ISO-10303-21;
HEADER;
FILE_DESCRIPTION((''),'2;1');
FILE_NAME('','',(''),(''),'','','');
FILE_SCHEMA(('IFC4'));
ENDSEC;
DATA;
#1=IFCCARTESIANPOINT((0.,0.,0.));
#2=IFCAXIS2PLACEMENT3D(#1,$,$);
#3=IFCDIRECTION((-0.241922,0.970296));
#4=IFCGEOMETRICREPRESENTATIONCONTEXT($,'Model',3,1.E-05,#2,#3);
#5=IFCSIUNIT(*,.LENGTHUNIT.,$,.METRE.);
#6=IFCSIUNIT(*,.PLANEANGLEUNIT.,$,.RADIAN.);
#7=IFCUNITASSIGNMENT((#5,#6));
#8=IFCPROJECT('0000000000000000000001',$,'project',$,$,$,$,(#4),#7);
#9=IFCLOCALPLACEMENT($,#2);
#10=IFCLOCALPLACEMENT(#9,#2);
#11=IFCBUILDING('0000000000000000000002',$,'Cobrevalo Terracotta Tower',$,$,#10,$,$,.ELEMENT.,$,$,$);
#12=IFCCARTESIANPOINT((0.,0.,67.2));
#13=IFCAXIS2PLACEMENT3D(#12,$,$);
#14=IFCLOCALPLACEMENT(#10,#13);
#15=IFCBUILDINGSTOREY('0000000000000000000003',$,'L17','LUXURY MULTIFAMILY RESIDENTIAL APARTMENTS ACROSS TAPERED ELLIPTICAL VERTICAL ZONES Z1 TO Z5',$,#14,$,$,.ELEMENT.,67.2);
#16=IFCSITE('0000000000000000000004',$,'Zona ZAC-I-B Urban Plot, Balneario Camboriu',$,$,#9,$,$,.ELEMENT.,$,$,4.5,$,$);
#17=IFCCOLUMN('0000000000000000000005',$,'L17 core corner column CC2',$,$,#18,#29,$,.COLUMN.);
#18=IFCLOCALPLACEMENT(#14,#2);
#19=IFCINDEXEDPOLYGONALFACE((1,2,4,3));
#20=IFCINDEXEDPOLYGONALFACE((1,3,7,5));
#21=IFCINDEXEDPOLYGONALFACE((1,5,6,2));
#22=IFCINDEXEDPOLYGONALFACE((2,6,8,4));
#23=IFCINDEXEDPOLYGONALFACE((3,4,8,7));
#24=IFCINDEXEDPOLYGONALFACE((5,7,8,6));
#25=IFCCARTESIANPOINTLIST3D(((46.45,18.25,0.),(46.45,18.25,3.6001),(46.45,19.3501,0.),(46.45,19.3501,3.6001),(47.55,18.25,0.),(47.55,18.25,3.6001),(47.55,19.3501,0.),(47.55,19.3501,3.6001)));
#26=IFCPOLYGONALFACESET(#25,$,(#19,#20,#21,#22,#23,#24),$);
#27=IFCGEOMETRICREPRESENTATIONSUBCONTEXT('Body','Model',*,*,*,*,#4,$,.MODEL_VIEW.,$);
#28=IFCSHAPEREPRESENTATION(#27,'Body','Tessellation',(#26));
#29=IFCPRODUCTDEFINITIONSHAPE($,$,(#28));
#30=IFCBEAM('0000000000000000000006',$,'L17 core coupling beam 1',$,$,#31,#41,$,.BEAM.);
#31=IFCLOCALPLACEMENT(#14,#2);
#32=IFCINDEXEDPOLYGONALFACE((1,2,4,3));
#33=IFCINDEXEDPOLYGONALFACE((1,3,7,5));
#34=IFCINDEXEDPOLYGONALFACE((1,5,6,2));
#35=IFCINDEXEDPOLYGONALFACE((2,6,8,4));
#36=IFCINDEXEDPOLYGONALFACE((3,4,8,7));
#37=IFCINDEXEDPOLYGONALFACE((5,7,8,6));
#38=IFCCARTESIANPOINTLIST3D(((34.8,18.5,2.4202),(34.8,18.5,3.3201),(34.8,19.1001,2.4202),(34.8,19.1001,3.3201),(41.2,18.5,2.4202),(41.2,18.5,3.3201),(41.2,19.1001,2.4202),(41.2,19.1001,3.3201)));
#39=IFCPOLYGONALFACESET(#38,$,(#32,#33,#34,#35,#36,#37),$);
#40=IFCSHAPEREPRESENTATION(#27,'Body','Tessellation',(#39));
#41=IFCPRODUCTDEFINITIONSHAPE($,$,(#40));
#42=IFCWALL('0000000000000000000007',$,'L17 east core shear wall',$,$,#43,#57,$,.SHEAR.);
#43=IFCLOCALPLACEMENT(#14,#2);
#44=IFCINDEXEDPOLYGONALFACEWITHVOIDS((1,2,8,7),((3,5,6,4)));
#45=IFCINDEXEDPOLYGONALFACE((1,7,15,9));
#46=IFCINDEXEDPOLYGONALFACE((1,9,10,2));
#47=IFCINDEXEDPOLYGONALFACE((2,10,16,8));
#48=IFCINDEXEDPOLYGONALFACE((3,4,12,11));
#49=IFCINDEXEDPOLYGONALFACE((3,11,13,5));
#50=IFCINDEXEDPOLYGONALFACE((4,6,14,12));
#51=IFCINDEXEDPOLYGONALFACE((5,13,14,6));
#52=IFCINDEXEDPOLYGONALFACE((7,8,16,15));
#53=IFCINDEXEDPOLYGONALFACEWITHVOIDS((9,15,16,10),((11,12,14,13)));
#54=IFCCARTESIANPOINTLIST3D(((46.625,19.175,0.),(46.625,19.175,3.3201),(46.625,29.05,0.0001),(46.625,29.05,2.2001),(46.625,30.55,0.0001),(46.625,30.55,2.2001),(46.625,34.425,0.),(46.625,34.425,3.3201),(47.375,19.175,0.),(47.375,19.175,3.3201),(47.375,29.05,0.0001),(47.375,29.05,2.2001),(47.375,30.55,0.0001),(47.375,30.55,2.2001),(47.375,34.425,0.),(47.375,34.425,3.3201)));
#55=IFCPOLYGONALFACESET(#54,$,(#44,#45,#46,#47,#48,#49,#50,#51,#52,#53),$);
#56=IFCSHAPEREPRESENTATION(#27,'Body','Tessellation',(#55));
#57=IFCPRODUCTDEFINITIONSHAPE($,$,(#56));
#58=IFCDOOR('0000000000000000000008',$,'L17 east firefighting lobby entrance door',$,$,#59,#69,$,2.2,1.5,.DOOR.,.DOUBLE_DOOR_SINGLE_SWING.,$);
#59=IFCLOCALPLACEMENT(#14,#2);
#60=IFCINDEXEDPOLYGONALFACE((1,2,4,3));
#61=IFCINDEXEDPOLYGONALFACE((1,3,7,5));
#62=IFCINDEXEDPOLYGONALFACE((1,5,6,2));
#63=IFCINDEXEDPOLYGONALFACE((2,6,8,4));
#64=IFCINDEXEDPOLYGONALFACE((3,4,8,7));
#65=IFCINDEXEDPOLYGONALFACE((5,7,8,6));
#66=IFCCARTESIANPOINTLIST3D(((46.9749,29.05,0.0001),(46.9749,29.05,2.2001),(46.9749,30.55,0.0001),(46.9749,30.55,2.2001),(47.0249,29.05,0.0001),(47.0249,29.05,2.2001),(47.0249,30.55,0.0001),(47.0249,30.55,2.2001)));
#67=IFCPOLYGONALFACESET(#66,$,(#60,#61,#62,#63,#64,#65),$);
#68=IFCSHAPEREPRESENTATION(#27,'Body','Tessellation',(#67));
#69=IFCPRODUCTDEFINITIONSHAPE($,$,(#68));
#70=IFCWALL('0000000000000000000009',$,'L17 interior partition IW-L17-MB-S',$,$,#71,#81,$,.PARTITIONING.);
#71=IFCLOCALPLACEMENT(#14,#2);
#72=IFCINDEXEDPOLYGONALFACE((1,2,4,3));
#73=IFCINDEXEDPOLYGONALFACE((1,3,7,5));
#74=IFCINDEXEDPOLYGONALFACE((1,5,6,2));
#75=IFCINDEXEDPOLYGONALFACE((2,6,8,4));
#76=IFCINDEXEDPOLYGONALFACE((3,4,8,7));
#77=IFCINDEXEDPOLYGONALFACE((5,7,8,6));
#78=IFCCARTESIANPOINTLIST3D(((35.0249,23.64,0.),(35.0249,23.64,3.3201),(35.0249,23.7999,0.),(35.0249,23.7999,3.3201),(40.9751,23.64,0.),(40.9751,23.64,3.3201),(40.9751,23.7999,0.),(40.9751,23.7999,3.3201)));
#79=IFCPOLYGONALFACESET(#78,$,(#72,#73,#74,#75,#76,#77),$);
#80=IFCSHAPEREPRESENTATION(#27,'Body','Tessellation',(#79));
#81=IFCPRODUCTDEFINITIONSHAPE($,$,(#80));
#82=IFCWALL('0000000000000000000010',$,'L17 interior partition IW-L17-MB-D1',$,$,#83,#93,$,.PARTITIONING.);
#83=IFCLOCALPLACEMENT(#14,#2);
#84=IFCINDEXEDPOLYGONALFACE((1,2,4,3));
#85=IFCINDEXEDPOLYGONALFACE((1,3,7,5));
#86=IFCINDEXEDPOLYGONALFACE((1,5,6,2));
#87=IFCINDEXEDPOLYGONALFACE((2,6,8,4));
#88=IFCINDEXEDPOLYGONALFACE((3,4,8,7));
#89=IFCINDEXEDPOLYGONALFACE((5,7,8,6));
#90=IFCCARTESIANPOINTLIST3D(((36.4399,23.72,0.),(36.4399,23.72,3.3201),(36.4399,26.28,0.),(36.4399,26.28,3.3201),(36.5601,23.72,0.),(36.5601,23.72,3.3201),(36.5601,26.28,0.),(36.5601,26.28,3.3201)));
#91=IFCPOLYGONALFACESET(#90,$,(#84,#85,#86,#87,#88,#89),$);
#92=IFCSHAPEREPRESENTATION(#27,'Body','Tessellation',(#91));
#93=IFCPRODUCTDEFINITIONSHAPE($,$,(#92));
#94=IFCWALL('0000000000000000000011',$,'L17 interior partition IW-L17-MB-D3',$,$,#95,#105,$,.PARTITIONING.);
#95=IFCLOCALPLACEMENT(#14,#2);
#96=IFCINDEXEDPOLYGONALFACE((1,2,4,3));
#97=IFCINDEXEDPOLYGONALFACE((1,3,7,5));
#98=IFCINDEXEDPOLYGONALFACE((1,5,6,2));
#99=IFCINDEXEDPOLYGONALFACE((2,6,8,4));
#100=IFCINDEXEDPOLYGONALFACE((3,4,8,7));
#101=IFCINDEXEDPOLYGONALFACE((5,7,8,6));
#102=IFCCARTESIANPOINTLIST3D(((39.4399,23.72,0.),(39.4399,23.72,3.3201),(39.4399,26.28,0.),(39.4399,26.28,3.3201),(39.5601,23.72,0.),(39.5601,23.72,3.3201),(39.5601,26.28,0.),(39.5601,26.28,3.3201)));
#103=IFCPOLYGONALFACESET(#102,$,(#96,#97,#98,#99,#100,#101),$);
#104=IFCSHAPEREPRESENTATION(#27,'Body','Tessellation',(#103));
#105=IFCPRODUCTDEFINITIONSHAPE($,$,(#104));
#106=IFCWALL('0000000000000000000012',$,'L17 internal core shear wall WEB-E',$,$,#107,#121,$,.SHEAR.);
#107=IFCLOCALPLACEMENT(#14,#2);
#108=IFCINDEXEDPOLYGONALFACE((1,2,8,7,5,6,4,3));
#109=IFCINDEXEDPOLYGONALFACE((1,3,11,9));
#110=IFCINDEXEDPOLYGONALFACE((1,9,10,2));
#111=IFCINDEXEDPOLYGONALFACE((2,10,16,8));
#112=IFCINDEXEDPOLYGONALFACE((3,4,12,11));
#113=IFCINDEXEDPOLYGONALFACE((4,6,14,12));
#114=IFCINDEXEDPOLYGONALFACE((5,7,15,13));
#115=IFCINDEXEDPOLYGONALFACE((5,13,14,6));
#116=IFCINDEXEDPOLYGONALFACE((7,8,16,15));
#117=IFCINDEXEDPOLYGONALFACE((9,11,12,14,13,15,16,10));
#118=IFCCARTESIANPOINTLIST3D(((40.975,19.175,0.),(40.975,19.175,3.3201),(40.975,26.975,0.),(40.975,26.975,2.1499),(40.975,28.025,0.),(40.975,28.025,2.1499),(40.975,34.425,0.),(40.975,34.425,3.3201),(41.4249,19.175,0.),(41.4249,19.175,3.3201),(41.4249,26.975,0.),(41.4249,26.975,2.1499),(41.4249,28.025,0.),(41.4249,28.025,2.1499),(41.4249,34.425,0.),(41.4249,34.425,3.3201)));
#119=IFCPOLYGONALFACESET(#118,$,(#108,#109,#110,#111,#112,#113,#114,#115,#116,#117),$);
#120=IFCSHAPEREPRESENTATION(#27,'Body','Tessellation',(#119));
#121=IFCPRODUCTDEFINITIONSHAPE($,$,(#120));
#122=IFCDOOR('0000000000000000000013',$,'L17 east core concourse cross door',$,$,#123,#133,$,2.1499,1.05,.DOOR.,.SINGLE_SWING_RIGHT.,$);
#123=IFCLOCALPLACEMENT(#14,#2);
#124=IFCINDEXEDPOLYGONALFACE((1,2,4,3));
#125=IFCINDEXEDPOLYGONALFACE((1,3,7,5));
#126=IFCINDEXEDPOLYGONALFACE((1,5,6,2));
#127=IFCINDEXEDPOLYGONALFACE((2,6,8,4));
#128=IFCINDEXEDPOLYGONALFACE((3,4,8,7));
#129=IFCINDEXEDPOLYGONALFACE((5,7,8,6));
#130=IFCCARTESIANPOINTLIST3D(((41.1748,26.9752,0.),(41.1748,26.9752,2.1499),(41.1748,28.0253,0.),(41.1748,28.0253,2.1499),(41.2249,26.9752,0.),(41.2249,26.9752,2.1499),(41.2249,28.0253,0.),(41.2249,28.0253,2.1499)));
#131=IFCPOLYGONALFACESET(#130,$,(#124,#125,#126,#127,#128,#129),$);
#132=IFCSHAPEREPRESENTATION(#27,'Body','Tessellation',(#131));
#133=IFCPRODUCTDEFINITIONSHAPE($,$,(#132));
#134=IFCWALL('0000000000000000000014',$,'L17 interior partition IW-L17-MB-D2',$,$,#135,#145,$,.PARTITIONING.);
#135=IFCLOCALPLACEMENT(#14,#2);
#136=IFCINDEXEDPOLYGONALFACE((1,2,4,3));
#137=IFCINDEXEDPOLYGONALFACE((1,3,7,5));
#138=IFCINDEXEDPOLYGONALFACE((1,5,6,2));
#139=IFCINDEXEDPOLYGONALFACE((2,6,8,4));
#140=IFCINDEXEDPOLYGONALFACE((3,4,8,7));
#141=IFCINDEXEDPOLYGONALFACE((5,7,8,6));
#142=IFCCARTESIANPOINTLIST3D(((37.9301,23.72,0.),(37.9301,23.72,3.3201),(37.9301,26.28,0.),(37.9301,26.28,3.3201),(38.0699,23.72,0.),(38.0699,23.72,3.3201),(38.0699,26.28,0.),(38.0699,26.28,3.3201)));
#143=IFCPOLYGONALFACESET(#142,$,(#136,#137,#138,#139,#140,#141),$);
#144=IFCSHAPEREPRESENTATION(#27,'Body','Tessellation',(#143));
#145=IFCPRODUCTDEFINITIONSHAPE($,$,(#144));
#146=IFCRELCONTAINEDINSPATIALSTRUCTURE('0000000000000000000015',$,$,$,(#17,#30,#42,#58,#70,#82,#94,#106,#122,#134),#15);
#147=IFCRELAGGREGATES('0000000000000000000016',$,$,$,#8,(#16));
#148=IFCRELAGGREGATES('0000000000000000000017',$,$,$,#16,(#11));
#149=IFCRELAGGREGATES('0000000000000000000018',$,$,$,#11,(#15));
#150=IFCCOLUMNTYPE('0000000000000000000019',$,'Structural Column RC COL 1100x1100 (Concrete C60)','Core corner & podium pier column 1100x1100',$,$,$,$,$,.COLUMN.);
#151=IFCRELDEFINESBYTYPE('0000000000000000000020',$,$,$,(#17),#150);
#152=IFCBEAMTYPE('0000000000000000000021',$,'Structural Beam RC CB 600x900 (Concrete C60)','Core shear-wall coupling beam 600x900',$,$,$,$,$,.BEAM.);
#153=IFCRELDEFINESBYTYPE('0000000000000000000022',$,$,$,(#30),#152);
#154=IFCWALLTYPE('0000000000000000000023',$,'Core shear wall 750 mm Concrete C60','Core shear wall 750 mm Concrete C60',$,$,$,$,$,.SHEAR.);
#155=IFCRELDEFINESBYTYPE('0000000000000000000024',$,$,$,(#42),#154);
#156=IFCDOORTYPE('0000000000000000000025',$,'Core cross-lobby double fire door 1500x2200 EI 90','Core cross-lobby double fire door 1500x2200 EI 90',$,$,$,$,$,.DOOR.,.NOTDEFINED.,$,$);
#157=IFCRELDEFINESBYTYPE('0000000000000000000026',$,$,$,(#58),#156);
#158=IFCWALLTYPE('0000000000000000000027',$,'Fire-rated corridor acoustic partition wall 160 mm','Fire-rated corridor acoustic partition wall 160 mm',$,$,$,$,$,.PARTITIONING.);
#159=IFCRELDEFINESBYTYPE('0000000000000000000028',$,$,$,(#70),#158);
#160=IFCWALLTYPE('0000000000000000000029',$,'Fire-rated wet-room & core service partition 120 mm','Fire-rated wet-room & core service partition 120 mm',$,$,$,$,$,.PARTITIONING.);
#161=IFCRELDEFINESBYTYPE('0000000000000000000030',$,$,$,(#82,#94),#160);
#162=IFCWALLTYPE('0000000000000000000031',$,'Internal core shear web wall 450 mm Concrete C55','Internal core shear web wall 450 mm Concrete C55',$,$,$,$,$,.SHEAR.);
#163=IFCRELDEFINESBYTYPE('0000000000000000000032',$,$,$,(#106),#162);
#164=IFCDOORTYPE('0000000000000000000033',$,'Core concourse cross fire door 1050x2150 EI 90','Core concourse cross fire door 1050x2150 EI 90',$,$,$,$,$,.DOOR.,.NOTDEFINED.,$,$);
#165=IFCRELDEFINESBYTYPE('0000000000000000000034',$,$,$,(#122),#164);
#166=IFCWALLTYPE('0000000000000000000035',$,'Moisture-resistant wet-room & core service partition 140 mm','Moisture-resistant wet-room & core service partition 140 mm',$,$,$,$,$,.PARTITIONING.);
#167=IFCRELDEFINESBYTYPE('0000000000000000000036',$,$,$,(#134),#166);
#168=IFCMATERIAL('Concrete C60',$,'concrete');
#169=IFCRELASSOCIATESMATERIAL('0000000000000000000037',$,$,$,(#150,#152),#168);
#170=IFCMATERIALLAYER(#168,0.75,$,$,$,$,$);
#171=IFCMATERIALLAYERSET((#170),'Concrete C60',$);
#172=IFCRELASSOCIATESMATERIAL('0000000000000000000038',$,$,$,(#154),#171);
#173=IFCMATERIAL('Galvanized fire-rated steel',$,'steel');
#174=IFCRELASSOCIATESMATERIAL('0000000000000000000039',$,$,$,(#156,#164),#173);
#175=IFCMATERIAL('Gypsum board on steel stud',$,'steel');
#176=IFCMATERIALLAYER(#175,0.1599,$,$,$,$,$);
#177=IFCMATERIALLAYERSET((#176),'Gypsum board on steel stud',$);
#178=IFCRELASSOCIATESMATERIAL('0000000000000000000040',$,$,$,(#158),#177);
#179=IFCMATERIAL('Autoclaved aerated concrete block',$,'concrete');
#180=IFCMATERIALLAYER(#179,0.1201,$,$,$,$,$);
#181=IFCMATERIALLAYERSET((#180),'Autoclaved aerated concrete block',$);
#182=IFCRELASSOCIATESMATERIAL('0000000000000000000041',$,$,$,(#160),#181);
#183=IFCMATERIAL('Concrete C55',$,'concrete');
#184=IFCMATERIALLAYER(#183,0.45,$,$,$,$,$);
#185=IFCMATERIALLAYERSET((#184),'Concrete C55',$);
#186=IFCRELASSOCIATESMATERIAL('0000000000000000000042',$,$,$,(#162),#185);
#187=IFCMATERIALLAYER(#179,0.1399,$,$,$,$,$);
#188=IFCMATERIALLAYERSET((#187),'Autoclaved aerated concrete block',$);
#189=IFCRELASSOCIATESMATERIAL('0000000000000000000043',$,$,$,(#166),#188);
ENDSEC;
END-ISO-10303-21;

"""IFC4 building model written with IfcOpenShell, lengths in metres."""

from ifc_helpers import new_model, si_unit, direction, frame, frame_2d, origin, origin_2d, place, context, subcontext, project, spatial, rectangle, extrude, source, transform, mapped, material, layer, layer_set, material_profile, profile_set, type_object, element, fill, save


model = new_model("IFC4")

# Units and contexts
model_context = context("Model", 3, precision=1e-05, world=origin(), true_north=direction((-0.241922, 0.970296)))
body_context = subcontext(model_context, "Body", "Model", "MODEL_VIEW")
ifc_project = project(units=[si_unit("LENGTHUNIT", "METRE"), si_unit("PLANEANGLEUNIT", "RADIAN")], contexts=[model_context])

# Site, building, storey
site_placement = place(None, origin())
site = spatial("IfcSite", under=ifc_project, at=site_placement, Name="Zona ZAC-I-B Urban Plot, Balneario Camboriu", CompositionType="ELEMENT", RefElevation=4.5)
building_placement = place(site_placement, origin())
building = spatial("IfcBuilding", under=site, at=building_placement, Name="Cobrevalo Terracotta Tower", CompositionType="ELEMENT")
storey_placement = place(building_placement, frame((0.0, 0.0, 67.2)))
storey = spatial("IfcBuildingStorey", under=building, at=storey_placement, Name="L17", Description="LUXURY MULTIFAMILY RESIDENTIAL APARTMENTS ACROSS TAPERED ELLIPTICAL VERTICAL ZONES Z1 TO Z5", CompositionType="ELEMENT", Elevation=67.2)

# Column
ifc_material_1 = material(Name="Concrete C60", Category="concrete")
ifc_material_profile_1 = material_profile(ifc_material_1, rectangle(XDim=1.1001, YDim=1.1001, at=origin_2d()), Name="RC COL 1100x1100")
ifc_profile_set_1 = profile_set([ifc_material_profile_1], Name="Concrete C60")
column_type = type_object("IfcColumnType", Name="Structural Column RC COL 1100x1100 (Concrete C60)", Description="Core corner & podium pier column 1100x1100", PredefinedType="COLUMN", material=ifc_profile_set_1)
column_placement = place(storey_placement, frame((47.0, 18.8, 0.0), z_axis=(0.0, 0.0, 1.0), x_axis=(1.0, 0.0, 0.0)))
element("IfcColumn", 1, at=column_placement, inside=storey, type_object=column_type, Name="L17 core corner column CC2", PredefinedType="COLUMN", context=body_context, shape_type="SweptSolid", body=[
    extrude(rectangle(XDim=1.1001, YDim=1.1001, at=origin_2d()), origin(), (0.0, 0.0, 1.0), 3.6001),
])

# Beam
ifc_material_profile_2 = material_profile(ifc_material_1, rectangle(XDim=0.6001, YDim=0.8999, at=origin_2d()), Name="RC CB 600x900")
ifc_profile_set_2 = profile_set([ifc_material_profile_2], Name="Concrete C60")
beam_type = type_object("IfcBeamType", Name="Structural Beam RC CB 600x900 (Concrete C60)", Description="Core shear-wall coupling beam 600x900", PredefinedType="BEAM", material=ifc_profile_set_2)
beam_placement = place(storey_placement, frame((34.8, 18.8, 2.8701), z_axis=(1.0, 0.0, 0.0), x_axis=(0.0, 1.0, 0.0)))
element("IfcBeam", 2, at=beam_placement, inside=storey, type_object=beam_type, Name="L17 core coupling beam 1", PredefinedType="BEAM", context=body_context, shape_type="SweptSolid", body=[
    extrude(rectangle(XDim=0.6001, YDim=0.8999, at=origin_2d()), origin(), (0.0, 0.0, 1.0), 6.3999),
])

# Wall, opening, door
ifc_layer_1 = layer(ifc_material_1, 0.75)
ifc_layer_set_1 = layer_set([ifc_layer_1], Name="Concrete C60")
wall_type_1 = type_object("IfcWallType", Name="Core shear wall 750 mm Concrete C60", Description="Core shear wall 750 mm Concrete C60", PredefinedType="SHEAR", material=ifc_layer_set_1)
wall_1_placement = place(storey_placement, frame((47.0, 19.175, 0.0), z_axis=(0.0, 0.0, 1.0), x_axis=(0.0, 1.0, 0.0)))
wall_1 = element("IfcWall", 3, at=wall_1_placement, inside=storey, type_object=wall_type_1, Name="L17 east core shear wall", PredefinedType="SHEAR", context=body_context, shape_type="SweptSolid", body=[
    extrude(rectangle(XDim=15.25, YDim=0.75, at=frame_2d((7.625, 0.0))), origin(), (0.0, 0.0, 1.0), 3.3201),
])
opening_1_placement = place(wall_1_placement, frame((9.875, 0.0, 0.0)))
opening_1 = element("IfcOpeningElement", 4, at=opening_1_placement, cuts=wall_1, PredefinedType="OPENING", context=body_context, shape_type="SweptSolid", body=[
    extrude(rectangle(XDim=1.5, YDim=2.2, at=frame_2d((0.75, 1.1001))), frame((0.0, 0.385, 0.0), z_axis=(0.0, -1.0, 0.0), x_axis=(1.0, 0.0, 0.0)), (0.0, 0.0, 1.0), 0.77),
])
ifc_material_2 = material(Name="Galvanized fire-rated steel", Category="steel")
door_type_1 = type_object("IfcDoorType", Name="Core cross-lobby double fire door 1500x2200 EI 90", Description="Core cross-lobby double fire door 1500x2200 EI 90", OperationType="NOTDEFINED", PredefinedType="DOOR", material=ifc_material_2)
shared_shape_1 = source(origin(), body_context, "Body", "SweptSolid", [
    extrude(rectangle(XDim=1.5, YDim=2.2, at=frame_2d((0.75, 1.1001))), frame((0.0, 0.0249, 0.0), z_axis=(0.0, -1.0, 0.0), x_axis=(1.0, 0.0, 0.0)), (0.0, 0.0, 1.0), 0.05),
])
door_1_placement = place(opening_1_placement, frame((1.5, 0.0, 0.0), z_axis=(0.0, 0.0, 1.0), x_axis=(-1.0, 0.0, 0.0)))
door_1 = element("IfcDoor", 5, at=door_1_placement, inside=storey, type_object=door_type_1, Name="L17 east firefighting lobby entrance door", OperationType="DOUBLE_DOOR_SINGLE_SWING", OverallHeight=2.2, OverallWidth=1.5, PredefinedType="DOOR", context=body_context, shape_type="MappedRepresentation", body=[
    mapped(shared_shape_1, transform((0.0, 0.0, 0.0), scale=1.0)),
])
fill(opening_1, door_1)

# Walls
ifc_material_3 = material(Name="Gypsum board on steel stud", Category="steel")
ifc_layer_2 = layer(ifc_material_3, 0.1599)
ifc_layer_set_2 = layer_set([ifc_layer_2], Name="Gypsum board on steel stud")
wall_type_2 = type_object("IfcWallType", Name="Fire-rated corridor acoustic partition wall 160 mm", Description="Fire-rated corridor acoustic partition wall 160 mm", PredefinedType="PARTITIONING", material=ifc_layer_set_2)
wall_2_placement = place(storey_placement, frame((35.0249, 23.72, 0.0), z_axis=(0.0, 0.0, 1.0), x_axis=(1.0, 0.0, 0.0)))
element("IfcWall", 6, at=wall_2_placement, inside=storey, type_object=wall_type_2, Name="L17 interior partition IW-L17-MB-S", PredefinedType="PARTITIONING", context=body_context, shape_type="SweptSolid", body=[
    extrude(rectangle(XDim=5.9502, YDim=0.1599, at=frame_2d((2.9751, 0.0))), origin(), (0.0, 0.0, 1.0), 3.3201),
])
ifc_material_4 = material(Name="Autoclaved aerated concrete block", Category="concrete")
ifc_layer_3 = layer(ifc_material_4, 0.1201)
ifc_layer_set_3 = layer_set([ifc_layer_3], Name="Autoclaved aerated concrete block")
wall_type_3 = type_object("IfcWallType", Name="Fire-rated wet-room & core service partition 120 mm", Description="Fire-rated wet-room & core service partition 120 mm", PredefinedType="PARTITIONING", material=ifc_layer_set_3)
for number, where, z_axis, x_axis, name in (
    (7, (36.5, 23.72, 0.0), (0.0, 0.0, 1.0), (0.0, 1.0, 0.0), "L17 interior partition IW-L17-MB-D1"),
    (8, (39.5, 23.72, 0.0), (0.0, 0.0, 1.0), (0.0, 1.0, 0.0), "L17 interior partition IW-L17-MB-D3"),
):
    element("IfcWall", number, at=place(storey_placement, frame(where, z_axis=z_axis, x_axis=x_axis)), inside=storey, type_object=wall_type_3, Name=name, PredefinedType="PARTITIONING", context=body_context, shape_type="SweptSolid", body=[
        extrude(rectangle(XDim=2.5601, YDim=0.1201, at=frame_2d((1.28, 0.0))), origin(), (0.0, 0.0, 1.0), 3.3201),
    ])

# Wall, opening, door
ifc_material_5 = material(Name="Concrete C55", Category="concrete")
ifc_layer_4 = layer(ifc_material_5, 0.45)
ifc_layer_set_4 = layer_set([ifc_layer_4], Name="Concrete C55")
wall_type_4 = type_object("IfcWallType", Name="Internal core shear web wall 450 mm Concrete C55", Description="Internal core shear web wall 450 mm Concrete C55", PredefinedType="SHEAR", material=ifc_layer_set_4)
wall_3_placement = place(storey_placement, frame((41.2, 19.175, 0.0), z_axis=(0.0, 0.0, 1.0), x_axis=(0.0, 1.0, 0.0)))
wall_3 = element("IfcWall", 9, at=wall_3_placement, inside=storey, type_object=wall_type_4, Name="L17 internal core shear wall WEB-E", PredefinedType="SHEAR", context=body_context, shape_type="SweptSolid", body=[
    extrude(rectangle(XDim=15.25, YDim=0.45, at=frame_2d((7.625, 0.0))), origin(), (0.0, 0.0, 1.0), 3.3201),
])
opening_2_placement = place(wall_3_placement, frame((7.8, 0.0, 0.0)))
opening_2 = element("IfcOpeningElement", 10, at=opening_2_placement, cuts=wall_3, PredefinedType="OPENING", context=body_context, shape_type="SweptSolid", body=[
    extrude(rectangle(XDim=1.05, YDim=2.1499, at=frame_2d((0.5249, 1.075))), frame((0.0, 0.2349, 0.0), z_axis=(0.0, -1.0, 0.0), x_axis=(1.0, 0.0, 0.0)), (0.0, 0.0, 1.0), 0.47),
])
door_type_2 = type_object("IfcDoorType", Name="Core concourse cross fire door 1050x2150 EI 90", Description="Core concourse cross fire door 1050x2150 EI 90", OperationType="NOTDEFINED", PredefinedType="DOOR", material=ifc_material_2)
shared_shape_2 = source(origin(), body_context, "Body", "SweptSolid", [
    extrude(rectangle(XDim=1.05, YDim=2.1499, at=frame_2d((0.5249, 1.075))), frame((0.0, 0.0249, 0.0), z_axis=(0.0, -1.0, 0.0), x_axis=(1.0, 0.0, 0.0)), (0.0, 0.0, 1.0), 0.05),
])
door_2_placement = place(opening_2_placement, frame((1.05, 0.0, 0.0), z_axis=(0.0, 0.0, 1.0), x_axis=(-1.0, 0.0, 0.0)))
door_2 = element("IfcDoor", 11, at=door_2_placement, inside=storey, type_object=door_type_2, Name="L17 east core concourse cross door", OperationType="SINGLE_SWING_RIGHT", OverallHeight=2.1499, OverallWidth=1.05, PredefinedType="DOOR", context=body_context, shape_type="MappedRepresentation", body=[
    mapped(shared_shape_2, transform((0.0, 0.0, 0.0), scale=1.0)),
])
fill(opening_2, door_2)

# Wall
ifc_layer_5 = layer(ifc_material_4, 0.1399)
ifc_layer_set_5 = layer_set([ifc_layer_5], Name="Autoclaved aerated concrete block")
wall_type_5 = type_object("IfcWallType", Name="Moisture-resistant wet-room & core service partition 140 mm", Description="Moisture-resistant wet-room & core service partition 140 mm", PredefinedType="PARTITIONING", material=ifc_layer_set_5)
wall_4_placement = place(storey_placement, frame((38.0, 23.72, 0.0), z_axis=(0.0, 0.0, 1.0), x_axis=(0.0, 1.0, 0.0)))
element("IfcWall", 12, at=wall_4_placement, inside=storey, type_object=wall_type_5, Name="L17 interior partition IW-L17-MB-D2", PredefinedType="PARTITIONING", context=body_context, shape_type="SweptSolid", body=[
    extrude(rectangle(XDim=2.5601, YDim=0.1399, at=frame_2d((1.28, 0.0))), origin(), (0.0, 0.0, 1.0), 3.3201),
])

save(model, "model.ifc")
